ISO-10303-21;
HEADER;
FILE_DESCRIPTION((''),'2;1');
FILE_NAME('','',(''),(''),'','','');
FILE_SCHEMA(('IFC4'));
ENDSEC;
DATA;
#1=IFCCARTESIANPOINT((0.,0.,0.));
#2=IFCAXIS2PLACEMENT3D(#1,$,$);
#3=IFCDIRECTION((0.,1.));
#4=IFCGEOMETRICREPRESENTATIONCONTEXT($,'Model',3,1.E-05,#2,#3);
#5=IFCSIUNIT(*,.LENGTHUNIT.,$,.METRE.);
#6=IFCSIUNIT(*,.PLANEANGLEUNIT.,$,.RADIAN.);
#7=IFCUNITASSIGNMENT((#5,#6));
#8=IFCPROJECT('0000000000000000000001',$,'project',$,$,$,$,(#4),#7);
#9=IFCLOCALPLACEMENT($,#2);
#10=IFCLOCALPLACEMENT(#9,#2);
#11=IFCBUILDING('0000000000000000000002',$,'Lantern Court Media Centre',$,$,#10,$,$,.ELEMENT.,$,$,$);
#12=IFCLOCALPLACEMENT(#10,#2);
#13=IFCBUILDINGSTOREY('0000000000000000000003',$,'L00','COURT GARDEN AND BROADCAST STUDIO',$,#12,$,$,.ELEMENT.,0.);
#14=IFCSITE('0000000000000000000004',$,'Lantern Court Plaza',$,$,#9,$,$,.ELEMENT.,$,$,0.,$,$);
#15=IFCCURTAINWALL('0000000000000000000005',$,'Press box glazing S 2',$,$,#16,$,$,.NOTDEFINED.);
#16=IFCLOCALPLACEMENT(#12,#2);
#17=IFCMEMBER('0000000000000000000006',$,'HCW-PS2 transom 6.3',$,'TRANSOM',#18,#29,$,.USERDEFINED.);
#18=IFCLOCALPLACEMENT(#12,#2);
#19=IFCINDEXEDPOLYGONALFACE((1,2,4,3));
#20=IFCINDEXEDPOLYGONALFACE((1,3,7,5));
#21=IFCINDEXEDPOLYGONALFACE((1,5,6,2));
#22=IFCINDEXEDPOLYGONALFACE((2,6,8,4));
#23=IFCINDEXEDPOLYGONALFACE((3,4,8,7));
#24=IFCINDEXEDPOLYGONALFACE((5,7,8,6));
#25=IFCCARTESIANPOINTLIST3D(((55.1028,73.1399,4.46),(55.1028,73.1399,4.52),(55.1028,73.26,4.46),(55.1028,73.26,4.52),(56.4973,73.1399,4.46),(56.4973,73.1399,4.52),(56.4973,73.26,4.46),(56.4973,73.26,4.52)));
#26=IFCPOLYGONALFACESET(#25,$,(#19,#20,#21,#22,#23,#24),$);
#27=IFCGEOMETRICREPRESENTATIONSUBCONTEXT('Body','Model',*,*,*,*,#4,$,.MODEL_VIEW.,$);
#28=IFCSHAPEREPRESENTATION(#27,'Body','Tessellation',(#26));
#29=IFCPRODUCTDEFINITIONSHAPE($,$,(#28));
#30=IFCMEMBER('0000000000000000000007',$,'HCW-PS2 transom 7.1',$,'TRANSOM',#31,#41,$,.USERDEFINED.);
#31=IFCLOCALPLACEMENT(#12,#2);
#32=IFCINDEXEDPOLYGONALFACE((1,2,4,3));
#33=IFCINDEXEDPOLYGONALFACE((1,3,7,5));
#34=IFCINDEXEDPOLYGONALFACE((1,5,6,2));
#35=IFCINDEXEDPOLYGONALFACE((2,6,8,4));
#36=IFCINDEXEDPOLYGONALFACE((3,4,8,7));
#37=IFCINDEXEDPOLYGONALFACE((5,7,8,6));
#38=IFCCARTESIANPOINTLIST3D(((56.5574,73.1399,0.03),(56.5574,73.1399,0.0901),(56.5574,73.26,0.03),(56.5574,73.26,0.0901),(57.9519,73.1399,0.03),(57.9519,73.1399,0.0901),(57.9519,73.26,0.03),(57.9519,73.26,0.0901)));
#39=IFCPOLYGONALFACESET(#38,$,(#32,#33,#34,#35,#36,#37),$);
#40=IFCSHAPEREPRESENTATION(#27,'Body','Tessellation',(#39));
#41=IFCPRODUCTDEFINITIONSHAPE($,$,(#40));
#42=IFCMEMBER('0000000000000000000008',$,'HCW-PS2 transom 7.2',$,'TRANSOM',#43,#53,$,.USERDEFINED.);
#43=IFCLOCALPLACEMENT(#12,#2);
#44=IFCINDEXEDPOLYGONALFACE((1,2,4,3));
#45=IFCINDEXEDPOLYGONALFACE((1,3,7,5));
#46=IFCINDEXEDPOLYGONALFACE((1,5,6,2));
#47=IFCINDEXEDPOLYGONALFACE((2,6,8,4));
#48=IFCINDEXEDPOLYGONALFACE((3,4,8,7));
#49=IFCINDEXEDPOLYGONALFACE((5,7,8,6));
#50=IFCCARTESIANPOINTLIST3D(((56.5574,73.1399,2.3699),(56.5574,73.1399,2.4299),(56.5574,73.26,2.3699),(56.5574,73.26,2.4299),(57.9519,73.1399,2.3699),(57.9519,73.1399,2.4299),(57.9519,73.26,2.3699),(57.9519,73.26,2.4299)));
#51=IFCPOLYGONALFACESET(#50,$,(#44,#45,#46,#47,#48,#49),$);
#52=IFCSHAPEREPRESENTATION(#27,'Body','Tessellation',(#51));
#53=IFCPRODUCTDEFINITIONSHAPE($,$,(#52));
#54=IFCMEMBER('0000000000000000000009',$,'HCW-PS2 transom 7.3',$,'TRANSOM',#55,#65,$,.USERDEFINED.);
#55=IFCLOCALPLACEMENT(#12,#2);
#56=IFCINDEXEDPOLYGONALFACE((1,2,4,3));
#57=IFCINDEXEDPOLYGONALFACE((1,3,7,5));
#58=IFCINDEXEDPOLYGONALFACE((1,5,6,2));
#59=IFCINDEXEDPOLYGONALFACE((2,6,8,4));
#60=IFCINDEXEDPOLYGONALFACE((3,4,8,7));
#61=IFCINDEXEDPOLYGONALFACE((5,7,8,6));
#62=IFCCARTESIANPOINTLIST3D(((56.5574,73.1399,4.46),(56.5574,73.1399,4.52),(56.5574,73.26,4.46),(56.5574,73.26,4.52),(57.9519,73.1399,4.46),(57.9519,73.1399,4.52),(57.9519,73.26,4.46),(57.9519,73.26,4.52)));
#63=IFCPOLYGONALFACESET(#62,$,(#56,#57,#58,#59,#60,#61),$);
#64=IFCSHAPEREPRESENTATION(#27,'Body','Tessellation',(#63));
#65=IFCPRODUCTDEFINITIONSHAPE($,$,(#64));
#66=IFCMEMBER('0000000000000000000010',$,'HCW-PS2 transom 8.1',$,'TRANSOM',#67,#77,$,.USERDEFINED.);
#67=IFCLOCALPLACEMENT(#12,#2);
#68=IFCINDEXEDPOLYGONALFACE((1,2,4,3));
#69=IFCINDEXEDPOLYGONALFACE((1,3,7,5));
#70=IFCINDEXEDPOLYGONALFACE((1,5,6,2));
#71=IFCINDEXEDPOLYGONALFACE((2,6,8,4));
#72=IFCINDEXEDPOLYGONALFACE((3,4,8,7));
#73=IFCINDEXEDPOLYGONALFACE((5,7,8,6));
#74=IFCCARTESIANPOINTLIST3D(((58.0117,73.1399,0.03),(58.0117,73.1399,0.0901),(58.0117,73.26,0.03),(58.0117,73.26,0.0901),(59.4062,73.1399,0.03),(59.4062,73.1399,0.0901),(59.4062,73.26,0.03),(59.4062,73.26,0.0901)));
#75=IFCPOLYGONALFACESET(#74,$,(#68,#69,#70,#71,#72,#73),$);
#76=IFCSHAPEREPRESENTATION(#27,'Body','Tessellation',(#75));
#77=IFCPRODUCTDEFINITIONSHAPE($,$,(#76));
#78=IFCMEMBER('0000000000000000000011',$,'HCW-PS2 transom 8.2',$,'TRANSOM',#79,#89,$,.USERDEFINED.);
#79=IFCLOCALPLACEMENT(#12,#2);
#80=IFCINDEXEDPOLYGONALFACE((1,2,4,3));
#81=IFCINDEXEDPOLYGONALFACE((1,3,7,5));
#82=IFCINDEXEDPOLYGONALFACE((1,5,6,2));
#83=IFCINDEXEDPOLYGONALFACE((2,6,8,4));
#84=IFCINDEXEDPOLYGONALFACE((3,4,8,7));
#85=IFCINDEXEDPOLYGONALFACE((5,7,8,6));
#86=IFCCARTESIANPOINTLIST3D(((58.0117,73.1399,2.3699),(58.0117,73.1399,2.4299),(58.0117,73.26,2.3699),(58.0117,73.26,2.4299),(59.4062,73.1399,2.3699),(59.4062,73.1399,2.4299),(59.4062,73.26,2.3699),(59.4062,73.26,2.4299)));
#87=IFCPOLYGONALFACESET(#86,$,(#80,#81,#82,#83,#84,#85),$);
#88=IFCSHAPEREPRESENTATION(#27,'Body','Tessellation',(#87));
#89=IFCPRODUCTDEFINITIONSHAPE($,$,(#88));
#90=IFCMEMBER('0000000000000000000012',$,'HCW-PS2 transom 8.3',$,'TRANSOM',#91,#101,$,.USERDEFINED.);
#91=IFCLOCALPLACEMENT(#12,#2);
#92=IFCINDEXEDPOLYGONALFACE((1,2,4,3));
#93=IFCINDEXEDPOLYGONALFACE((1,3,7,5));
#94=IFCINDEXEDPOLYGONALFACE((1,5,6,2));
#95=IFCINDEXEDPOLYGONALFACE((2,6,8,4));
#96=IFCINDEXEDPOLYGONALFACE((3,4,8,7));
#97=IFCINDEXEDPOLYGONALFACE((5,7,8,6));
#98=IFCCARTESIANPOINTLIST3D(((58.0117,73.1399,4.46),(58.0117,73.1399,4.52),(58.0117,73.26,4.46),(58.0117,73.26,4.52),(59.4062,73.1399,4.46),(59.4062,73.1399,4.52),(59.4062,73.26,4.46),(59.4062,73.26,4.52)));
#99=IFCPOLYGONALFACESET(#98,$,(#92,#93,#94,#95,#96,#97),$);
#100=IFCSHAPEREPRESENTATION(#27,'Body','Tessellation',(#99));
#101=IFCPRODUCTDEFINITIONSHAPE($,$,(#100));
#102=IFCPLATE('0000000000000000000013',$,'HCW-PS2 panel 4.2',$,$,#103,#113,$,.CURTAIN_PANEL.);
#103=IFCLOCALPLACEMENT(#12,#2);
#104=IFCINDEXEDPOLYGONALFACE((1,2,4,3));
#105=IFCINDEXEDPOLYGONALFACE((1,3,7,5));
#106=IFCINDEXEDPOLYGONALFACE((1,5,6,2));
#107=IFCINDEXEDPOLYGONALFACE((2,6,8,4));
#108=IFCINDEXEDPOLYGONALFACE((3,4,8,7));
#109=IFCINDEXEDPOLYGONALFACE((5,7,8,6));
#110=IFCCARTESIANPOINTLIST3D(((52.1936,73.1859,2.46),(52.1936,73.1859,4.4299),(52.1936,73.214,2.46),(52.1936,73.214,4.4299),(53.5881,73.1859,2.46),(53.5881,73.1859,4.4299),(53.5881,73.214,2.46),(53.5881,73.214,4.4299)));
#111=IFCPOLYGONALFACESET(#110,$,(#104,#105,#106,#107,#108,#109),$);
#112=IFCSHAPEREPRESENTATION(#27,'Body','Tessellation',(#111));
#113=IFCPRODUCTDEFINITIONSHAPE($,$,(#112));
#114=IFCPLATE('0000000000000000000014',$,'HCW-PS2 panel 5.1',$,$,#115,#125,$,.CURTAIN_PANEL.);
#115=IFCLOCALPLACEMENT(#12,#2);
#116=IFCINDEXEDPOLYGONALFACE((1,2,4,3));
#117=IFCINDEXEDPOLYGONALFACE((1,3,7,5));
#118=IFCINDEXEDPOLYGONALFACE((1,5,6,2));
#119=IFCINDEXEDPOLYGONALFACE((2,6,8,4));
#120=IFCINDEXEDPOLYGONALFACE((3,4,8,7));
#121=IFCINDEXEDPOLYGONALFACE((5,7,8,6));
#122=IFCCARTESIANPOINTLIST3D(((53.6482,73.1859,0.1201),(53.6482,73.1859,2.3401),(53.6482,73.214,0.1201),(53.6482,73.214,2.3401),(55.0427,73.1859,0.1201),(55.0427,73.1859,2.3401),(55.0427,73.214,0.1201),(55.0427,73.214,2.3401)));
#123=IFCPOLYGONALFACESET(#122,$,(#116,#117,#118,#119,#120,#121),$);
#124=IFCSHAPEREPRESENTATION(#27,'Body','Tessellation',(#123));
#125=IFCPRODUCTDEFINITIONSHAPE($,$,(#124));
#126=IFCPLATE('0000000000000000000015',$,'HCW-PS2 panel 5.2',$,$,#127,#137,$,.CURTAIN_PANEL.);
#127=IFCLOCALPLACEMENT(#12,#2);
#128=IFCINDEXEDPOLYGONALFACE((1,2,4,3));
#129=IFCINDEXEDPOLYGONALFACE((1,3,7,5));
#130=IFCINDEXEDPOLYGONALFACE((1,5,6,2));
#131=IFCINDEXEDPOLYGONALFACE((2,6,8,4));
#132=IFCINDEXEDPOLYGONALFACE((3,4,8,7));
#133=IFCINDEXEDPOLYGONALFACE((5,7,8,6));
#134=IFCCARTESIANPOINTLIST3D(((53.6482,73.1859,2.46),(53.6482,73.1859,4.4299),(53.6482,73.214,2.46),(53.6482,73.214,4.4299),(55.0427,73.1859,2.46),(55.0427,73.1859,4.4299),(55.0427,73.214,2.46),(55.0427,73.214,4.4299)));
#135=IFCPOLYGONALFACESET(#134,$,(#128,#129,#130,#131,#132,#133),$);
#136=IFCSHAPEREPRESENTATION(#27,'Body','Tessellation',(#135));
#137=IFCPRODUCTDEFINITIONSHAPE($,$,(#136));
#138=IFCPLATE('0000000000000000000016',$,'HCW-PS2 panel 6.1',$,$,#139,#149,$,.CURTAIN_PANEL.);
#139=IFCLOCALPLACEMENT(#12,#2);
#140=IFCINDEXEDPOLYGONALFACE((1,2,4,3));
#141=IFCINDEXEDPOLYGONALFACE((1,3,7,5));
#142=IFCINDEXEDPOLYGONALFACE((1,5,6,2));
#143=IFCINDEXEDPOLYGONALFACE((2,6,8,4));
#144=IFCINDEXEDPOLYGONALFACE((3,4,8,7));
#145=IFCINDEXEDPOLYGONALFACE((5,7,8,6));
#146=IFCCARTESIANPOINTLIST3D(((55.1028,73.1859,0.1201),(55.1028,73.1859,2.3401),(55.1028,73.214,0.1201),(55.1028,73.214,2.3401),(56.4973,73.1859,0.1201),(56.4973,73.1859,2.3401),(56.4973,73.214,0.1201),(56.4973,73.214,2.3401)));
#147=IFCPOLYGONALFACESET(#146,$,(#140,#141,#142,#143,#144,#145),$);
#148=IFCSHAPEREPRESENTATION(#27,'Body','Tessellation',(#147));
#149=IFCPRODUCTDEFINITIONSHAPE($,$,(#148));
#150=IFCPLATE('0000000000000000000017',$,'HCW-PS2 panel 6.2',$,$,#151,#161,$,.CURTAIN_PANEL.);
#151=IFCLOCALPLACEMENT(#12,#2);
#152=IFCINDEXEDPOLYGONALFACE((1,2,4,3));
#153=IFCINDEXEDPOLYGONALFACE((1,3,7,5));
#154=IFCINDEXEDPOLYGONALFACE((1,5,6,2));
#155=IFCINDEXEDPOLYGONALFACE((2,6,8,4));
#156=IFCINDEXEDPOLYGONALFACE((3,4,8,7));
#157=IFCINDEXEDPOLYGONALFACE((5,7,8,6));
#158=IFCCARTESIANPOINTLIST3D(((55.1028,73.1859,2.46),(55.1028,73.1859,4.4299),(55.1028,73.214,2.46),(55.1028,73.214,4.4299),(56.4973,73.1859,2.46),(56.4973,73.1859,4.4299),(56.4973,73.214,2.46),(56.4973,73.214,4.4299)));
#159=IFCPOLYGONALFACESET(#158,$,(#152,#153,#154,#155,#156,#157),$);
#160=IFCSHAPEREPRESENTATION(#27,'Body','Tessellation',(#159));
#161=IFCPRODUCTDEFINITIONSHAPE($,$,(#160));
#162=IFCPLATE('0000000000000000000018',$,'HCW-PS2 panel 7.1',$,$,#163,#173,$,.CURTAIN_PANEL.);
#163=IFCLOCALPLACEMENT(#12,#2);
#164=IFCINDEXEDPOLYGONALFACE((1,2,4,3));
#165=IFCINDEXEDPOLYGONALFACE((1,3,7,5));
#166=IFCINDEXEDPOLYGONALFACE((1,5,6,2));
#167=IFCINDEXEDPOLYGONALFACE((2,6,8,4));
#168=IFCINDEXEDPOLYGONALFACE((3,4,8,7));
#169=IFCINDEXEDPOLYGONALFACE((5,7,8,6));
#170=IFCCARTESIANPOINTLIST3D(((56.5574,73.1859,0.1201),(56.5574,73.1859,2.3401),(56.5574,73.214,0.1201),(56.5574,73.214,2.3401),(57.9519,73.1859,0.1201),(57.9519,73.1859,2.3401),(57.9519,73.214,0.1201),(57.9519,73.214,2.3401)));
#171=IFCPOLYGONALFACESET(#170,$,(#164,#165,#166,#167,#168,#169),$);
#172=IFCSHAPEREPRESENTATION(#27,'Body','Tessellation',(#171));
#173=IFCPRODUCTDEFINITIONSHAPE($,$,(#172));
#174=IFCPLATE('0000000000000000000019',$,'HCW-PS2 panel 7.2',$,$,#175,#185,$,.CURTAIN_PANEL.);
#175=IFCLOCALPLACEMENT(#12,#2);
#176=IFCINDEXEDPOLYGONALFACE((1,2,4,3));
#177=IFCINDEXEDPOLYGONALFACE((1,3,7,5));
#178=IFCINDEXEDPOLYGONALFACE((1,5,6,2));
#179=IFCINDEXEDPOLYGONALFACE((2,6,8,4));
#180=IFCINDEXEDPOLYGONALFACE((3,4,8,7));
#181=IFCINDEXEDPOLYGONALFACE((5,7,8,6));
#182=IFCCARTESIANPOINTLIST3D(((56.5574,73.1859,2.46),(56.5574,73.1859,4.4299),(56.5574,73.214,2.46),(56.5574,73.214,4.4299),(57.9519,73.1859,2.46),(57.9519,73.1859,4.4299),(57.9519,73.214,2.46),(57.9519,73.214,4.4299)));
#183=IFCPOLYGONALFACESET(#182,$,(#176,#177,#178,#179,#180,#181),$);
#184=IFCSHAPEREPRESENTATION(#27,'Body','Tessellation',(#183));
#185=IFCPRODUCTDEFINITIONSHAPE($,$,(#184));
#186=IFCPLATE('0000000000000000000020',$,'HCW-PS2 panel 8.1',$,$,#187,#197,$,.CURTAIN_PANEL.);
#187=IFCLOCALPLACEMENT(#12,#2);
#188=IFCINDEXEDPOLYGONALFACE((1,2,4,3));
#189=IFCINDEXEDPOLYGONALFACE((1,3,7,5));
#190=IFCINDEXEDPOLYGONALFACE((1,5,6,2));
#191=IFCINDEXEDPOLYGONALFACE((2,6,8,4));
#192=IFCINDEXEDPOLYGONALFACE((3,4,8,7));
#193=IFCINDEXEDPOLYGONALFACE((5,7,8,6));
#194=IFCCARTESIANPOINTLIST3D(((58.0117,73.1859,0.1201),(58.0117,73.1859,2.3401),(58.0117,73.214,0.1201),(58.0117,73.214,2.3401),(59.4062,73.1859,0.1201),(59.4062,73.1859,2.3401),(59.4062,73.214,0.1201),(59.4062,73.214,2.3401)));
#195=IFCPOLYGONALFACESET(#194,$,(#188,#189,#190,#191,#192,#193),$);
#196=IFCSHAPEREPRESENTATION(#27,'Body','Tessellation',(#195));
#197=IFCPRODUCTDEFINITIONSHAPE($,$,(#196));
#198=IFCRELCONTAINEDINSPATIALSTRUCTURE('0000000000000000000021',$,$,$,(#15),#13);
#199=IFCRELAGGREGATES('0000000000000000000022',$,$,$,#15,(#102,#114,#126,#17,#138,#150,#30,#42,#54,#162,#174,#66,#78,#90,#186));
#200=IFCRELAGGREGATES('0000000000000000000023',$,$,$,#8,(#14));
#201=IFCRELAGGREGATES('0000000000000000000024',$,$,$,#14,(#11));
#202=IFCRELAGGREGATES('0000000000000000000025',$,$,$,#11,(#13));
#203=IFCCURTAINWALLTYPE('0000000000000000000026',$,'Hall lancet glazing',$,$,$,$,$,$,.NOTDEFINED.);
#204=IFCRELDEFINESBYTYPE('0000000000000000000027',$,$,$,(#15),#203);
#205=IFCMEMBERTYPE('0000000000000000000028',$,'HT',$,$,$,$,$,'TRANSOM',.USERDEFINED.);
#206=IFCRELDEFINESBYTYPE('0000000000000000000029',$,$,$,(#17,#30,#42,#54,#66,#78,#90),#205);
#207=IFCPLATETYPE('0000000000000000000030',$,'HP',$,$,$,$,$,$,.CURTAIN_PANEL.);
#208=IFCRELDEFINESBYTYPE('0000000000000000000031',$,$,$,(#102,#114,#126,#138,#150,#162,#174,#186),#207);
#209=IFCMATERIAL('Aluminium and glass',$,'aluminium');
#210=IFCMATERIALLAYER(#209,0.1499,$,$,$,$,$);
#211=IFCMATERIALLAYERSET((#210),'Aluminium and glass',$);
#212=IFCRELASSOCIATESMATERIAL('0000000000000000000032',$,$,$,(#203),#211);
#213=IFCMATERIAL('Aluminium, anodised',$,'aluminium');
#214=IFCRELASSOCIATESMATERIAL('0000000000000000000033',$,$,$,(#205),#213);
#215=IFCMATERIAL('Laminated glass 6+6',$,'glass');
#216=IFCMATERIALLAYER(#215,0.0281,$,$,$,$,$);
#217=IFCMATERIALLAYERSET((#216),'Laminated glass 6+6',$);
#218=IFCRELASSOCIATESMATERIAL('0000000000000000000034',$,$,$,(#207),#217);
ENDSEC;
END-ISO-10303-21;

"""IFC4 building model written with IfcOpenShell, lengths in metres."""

from ifc_helpers import new_model, si_unit, direction, frame, origin, origin_2d, place, context, subcontext, project, spatial, rectangle, extrude, material, layer, layer_set, material_profile, profile_set, type_object, element, aggregate, save


model = new_model("IFC4")

# Units and contexts
model_context = context("Model", 3, precision=1e-05, world=origin(), true_north=direction((0.0, 1.0)))
body_context = subcontext(model_context, "Body", "Model", "MODEL_VIEW")
ifc_project = project(units=[si_unit("LENGTHUNIT", "METRE"), si_unit("PLANEANGLEUNIT", "RADIAN")], contexts=[model_context])

# Site, building, storey
site_placement = place(None, origin())
site = spatial("IfcSite", under=ifc_project, at=site_placement, Name="Lantern Court Plaza", CompositionType="ELEMENT", RefElevation=0.0)
building_placement = place(site_placement, origin())
building = spatial("IfcBuilding", under=site, at=building_placement, Name="Lantern Court Media Centre", CompositionType="ELEMENT")
storey_placement = place(building_placement, origin())
storey = spatial("IfcBuildingStorey", under=building, at=storey_placement, Name="L00", Description="COURT GARDEN AND BROADCAST STUDIO", CompositionType="ELEMENT", Elevation=0.0)

# Curtain wall, members, plates
ifc_material_1 = material(Name="Aluminium and glass", Category="aluminium")
ifc_layer_1 = layer(ifc_material_1, 0.1499)
ifc_layer_set_1 = layer_set([ifc_layer_1], Name="Aluminium and glass")
curtain_wall_type = type_object("IfcCurtainWallType", Name="Hall lancet glazing", PredefinedType="NOTDEFINED", material=ifc_layer_set_1)
curtain_wall_placement = place(storey_placement, origin())
curtain_wall = element("IfcCurtainWall", 1, at=curtain_wall_placement, inside=storey, type_object=curtain_wall_type, Name="Press box glazing S 2", PredefinedType="NOTDEFINED")
ifc_material_2 = material(Name="Aluminium, anodised", Category="aluminium")
ifc_material_profile_1 = material_profile(ifc_material_2, rectangle(XDim=0.1201, YDim=0.0601, at=origin_2d()), Name="HT")
ifc_profile_set_1 = profile_set([ifc_material_profile_1], Name="Aluminium, anodised")
member_type_1 = type_object("IfcMemberType", Name="HT", ElementType="TRANSOM", PredefinedType="USERDEFINED", material=ifc_profile_set_1)
member_1_placement = place(storey_placement, frame((55.1028, 73.2, 4.49), z_axis=(1.0, 0.0, 0.0), x_axis=(0.0, 1.0, 0.0)))
member_1 = element("IfcMember", 2, at=member_1_placement, type_object=member_type_1, Name="HCW-PS2 transom 6.3", ObjectType="TRANSOM", PredefinedType="USERDEFINED", context=body_context, shape_type="SweptSolid", body=[
    extrude(rectangle(XDim=0.1201, YDim=0.0601, at=origin_2d()), origin(), (0.0, 0.0, 1.0), 1.3945),
])
member_2_placement = place(storey_placement, frame((56.5574, 73.2, 0.0601), z_axis=(1.0, 0.0, 0.0), x_axis=(0.0, 1.0, 0.0)))
member_2 = element("IfcMember", 3, at=member_2_placement, type_object=member_type_1, Name="HCW-PS2 transom 7.1", ObjectType="TRANSOM", PredefinedType="USERDEFINED", context=body_context, shape_type="SweptSolid", body=[
    extrude(rectangle(XDim=0.1201, YDim=0.0601, at=origin_2d()), origin(), (0.0, 0.0, 1.0), 1.3945),
])
member_3_placement = place(storey_placement, frame((56.5574, 73.2, 2.3999), z_axis=(1.0, 0.0, 0.0), x_axis=(0.0, 1.0, 0.0)))
member_3 = element("IfcMember", 4, at=member_3_placement, type_object=member_type_1, Name="HCW-PS2 transom 7.2", ObjectType="TRANSOM", PredefinedType="USERDEFINED", context=body_context, shape_type="SweptSolid", body=[
    extrude(rectangle(XDim=0.1201, YDim=0.0601, at=origin_2d()), origin(), (0.0, 0.0, 1.0), 1.3945),
])
member_4_placement = place(storey_placement, frame((56.5574, 73.2, 4.49), z_axis=(1.0, 0.0, 0.0), x_axis=(0.0, 1.0, 0.0)))
member_4 = element("IfcMember", 5, at=member_4_placement, type_object=member_type_1, Name="HCW-PS2 transom 7.3", ObjectType="TRANSOM", PredefinedType="USERDEFINED", context=body_context, shape_type="SweptSolid", body=[
    extrude(rectangle(XDim=0.1201, YDim=0.0601, at=origin_2d()), origin(), (0.0, 0.0, 1.0), 1.3945),
])
member_5_placement = place(storey_placement, frame((58.0117, 73.2, 0.0601), z_axis=(1.0, 0.0, 0.0), x_axis=(0.0, 1.0, 0.0)))
member_5 = element("IfcMember", 6, at=member_5_placement, type_object=member_type_1, Name="HCW-PS2 transom 8.1", ObjectType="TRANSOM", PredefinedType="USERDEFINED", context=body_context, shape_type="SweptSolid", body=[
    extrude(rectangle(XDim=0.1201, YDim=0.0601, at=origin_2d()), origin(), (0.0, 0.0, 1.0), 1.3945),
])
member_6_placement = place(storey_placement, frame((58.0117, 73.2, 2.3999), z_axis=(1.0, 0.0, 0.0), x_axis=(0.0, 1.0, 0.0)))
member_6 = element("IfcMember", 7, at=member_6_placement, type_object=member_type_1, Name="HCW-PS2 transom 8.2", ObjectType="TRANSOM", PredefinedType="USERDEFINED", context=body_context, shape_type="SweptSolid", body=[
    extrude(rectangle(XDim=0.1201, YDim=0.0601, at=origin_2d()), origin(), (0.0, 0.0, 1.0), 1.3945),
])
member_7_placement = place(storey_placement, frame((58.0117, 73.2, 4.49), z_axis=(1.0, 0.0, 0.0), x_axis=(0.0, 1.0, 0.0)))
member_7 = element("IfcMember", 8, at=member_7_placement, type_object=member_type_1, Name="HCW-PS2 transom 8.3", ObjectType="TRANSOM", PredefinedType="USERDEFINED", context=body_context, shape_type="SweptSolid", body=[
    extrude(rectangle(XDim=0.1201, YDim=0.0601, at=origin_2d()), origin(), (0.0, 0.0, 1.0), 1.3945),
])
ifc_material_3 = material(Name="Laminated glass 6+6", Category="glass")
ifc_layer_2 = layer(ifc_material_3, 0.0281)
ifc_layer_set_2 = layer_set([ifc_layer_2], Name="Laminated glass 6+6")
plate_type = type_object("IfcPlateType", Name="HP", PredefinedType="CURTAIN_PANEL", material=ifc_layer_set_2)
plate_1_placement = place(storey_placement, frame((52.8909, 73.2, 2.46), z_axis=(0.0, 0.0, 1.0), x_axis=(1.0, 0.0, 0.0)))
plate_1 = element("IfcPlate", 9, at=plate_1_placement, type_object=plate_type, Name="HCW-PS2 panel 4.2", PredefinedType="CURTAIN_PANEL", context=body_context, shape_type="SweptSolid", body=[
    extrude(rectangle(XDim=1.3945, YDim=0.0281, at=origin_2d()), origin(), (0.0, 0.0, 1.0), 1.97),
])
plate_2_placement = place(storey_placement, frame((54.3455, 73.2, 0.1201), z_axis=(0.0, 0.0, 1.0), x_axis=(1.0, 0.0, 0.0)))
plate_2 = element("IfcPlate", 10, at=plate_2_placement, type_object=plate_type, Name="HCW-PS2 panel 5.1", PredefinedType="CURTAIN_PANEL", context=body_context, shape_type="SweptSolid", body=[
    extrude(rectangle(XDim=1.3945, YDim=0.0281, at=origin_2d()), origin(), (0.0, 0.0, 1.0), 2.22),
])
plate_3_placement = place(storey_placement, frame((54.3455, 73.2, 2.46), z_axis=(0.0, 0.0, 1.0), x_axis=(1.0, 0.0, 0.0)))
plate_3 = element("IfcPlate", 11, at=plate_3_placement, type_object=plate_type, Name="HCW-PS2 panel 5.2", PredefinedType="CURTAIN_PANEL", context=body_context, shape_type="SweptSolid", body=[
    extrude(rectangle(XDim=1.3945, YDim=0.0281, at=origin_2d()), origin(), (0.0, 0.0, 1.0), 1.97),
])
plate_4_placement = place(storey_placement, frame((55.8, 73.2, 0.1201), z_axis=(0.0, 0.0, 1.0), x_axis=(1.0, 0.0, 0.0)))
plate_4 = element("IfcPlate", 12, at=plate_4_placement, type_object=plate_type, Name="HCW-PS2 panel 6.1", PredefinedType="CURTAIN_PANEL", context=body_context, shape_type="SweptSolid", body=[
    extrude(rectangle(XDim=1.3945, YDim=0.0281, at=origin_2d()), origin(), (0.0, 0.0, 1.0), 2.22),
])
plate_5_placement = place(storey_placement, frame((55.8, 73.2, 2.46), z_axis=(0.0, 0.0, 1.0), x_axis=(1.0, 0.0, 0.0)))
plate_5 = element("IfcPlate", 13, at=plate_5_placement, type_object=plate_type, Name="HCW-PS2 panel 6.2", PredefinedType="CURTAIN_PANEL", context=body_context, shape_type="SweptSolid", body=[
    extrude(rectangle(XDim=1.3945, YDim=0.0281, at=origin_2d()), origin(), (0.0, 0.0, 1.0), 1.97),
])
plate_6_placement = place(storey_placement, frame((57.2546, 73.2, 0.1201), z_axis=(0.0, 0.0, 1.0), x_axis=(1.0, 0.0, 0.0)))
plate_6 = element("IfcPlate", 14, at=plate_6_placement, type_object=plate_type, Name="HCW-PS2 panel 7.1", PredefinedType="CURTAIN_PANEL", context=body_context, shape_type="SweptSolid", body=[
    extrude(rectangle(XDim=1.3945, YDim=0.0281, at=origin_2d()), origin(), (0.0, 0.0, 1.0), 2.22),
])
plate_7_placement = place(storey_placement, frame((57.2546, 73.2, 2.46), z_axis=(0.0, 0.0, 1.0), x_axis=(1.0, 0.0, 0.0)))
plate_7 = element("IfcPlate", 15, at=plate_7_placement, type_object=plate_type, Name="HCW-PS2 panel 7.2", PredefinedType="CURTAIN_PANEL", context=body_context, shape_type="SweptSolid", body=[
    extrude(rectangle(XDim=1.3945, YDim=0.0281, at=origin_2d()), origin(), (0.0, 0.0, 1.0), 1.97),
])
plate_8_placement = place(storey_placement, frame((58.709, 73.2, 0.1201), z_axis=(0.0, 0.0, 1.0), x_axis=(1.0, 0.0, 0.0)))
plate_8 = element("IfcPlate", 16, at=plate_8_placement, type_object=plate_type, Name="HCW-PS2 panel 8.1", PredefinedType="CURTAIN_PANEL", context=body_context, shape_type="SweptSolid", body=[
    extrude(rectangle(XDim=1.3945, YDim=0.0281, at=origin_2d()), origin(), (0.0, 0.0, 1.0), 2.22),
])
aggregate(curtain_wall, [plate_1, plate_2, plate_3, member_1, plate_4, plate_5, member_2, member_3, member_4, plate_6, plate_7, member_5, member_6, member_7, plate_8])

save(model, "model.ifc")
